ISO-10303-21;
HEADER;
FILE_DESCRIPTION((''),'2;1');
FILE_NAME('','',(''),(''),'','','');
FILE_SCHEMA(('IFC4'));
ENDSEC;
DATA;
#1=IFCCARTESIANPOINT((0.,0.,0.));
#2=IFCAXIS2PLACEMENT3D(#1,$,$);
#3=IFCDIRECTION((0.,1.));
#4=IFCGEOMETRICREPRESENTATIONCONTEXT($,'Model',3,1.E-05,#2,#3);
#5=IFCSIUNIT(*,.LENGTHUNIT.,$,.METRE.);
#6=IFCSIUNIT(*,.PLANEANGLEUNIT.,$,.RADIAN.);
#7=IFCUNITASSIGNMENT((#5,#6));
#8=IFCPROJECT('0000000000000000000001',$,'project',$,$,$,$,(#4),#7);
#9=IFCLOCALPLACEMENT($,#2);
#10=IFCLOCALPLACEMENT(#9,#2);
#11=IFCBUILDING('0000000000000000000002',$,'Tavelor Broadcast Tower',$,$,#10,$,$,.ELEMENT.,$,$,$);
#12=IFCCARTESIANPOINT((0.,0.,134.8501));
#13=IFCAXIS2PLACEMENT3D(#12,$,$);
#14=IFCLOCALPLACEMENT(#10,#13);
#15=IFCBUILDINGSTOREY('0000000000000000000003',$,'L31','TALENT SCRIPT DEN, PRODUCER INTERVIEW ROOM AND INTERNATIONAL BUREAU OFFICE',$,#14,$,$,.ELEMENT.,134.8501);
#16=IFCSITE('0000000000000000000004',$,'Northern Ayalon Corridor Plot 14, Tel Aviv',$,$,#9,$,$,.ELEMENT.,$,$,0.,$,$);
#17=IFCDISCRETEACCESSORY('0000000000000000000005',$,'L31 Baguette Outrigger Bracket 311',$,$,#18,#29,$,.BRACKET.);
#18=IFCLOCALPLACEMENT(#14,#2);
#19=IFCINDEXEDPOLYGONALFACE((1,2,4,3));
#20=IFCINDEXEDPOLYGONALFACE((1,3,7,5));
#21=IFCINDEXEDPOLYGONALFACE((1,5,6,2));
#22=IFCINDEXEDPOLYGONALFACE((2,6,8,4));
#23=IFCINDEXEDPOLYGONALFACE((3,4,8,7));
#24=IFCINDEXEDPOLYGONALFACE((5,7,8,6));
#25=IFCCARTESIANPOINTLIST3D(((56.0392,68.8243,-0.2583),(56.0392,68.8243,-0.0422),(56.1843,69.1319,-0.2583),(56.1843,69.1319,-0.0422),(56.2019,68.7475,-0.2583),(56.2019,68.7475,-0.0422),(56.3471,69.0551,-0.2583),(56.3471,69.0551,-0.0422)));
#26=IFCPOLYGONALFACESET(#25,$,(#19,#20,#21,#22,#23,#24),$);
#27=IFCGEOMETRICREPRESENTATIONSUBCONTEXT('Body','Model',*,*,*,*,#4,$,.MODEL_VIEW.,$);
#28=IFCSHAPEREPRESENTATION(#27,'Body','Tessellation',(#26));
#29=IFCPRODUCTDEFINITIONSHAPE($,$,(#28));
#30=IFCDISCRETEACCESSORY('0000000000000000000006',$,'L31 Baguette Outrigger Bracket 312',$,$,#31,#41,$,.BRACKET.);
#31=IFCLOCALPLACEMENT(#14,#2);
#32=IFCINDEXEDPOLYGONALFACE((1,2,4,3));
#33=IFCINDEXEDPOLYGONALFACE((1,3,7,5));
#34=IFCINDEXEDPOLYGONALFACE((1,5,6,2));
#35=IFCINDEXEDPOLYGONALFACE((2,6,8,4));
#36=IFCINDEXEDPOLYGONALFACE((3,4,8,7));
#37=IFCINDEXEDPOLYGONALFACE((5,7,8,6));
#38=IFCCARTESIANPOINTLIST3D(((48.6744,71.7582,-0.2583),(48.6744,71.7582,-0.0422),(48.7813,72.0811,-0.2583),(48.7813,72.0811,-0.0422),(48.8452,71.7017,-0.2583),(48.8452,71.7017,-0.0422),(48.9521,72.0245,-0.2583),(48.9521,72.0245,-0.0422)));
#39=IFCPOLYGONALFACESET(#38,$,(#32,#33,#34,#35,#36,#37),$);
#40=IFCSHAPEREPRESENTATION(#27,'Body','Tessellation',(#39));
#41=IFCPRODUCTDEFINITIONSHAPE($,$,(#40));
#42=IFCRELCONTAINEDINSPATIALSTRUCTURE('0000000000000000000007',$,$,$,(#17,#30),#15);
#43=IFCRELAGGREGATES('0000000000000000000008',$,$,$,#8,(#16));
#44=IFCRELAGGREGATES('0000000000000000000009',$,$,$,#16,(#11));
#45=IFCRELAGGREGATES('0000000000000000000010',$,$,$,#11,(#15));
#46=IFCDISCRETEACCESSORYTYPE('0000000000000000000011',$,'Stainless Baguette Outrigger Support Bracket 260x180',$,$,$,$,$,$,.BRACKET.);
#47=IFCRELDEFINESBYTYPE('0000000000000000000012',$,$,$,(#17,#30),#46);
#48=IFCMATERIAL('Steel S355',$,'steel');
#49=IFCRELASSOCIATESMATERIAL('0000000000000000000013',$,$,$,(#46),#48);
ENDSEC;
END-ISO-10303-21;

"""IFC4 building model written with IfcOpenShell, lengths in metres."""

from ifc_helpers import new_model, si_unit, direction, frame, origin, origin_2d, place, context, subcontext, project, spatial, rectangle, extrude, source, transform, mapped, material, type_object, type_shapes, element, save


model = new_model("IFC4")

# Units and contexts
model_context = context("Model", 3, precision=1e-05, world=origin(), true_north=direction((0.0, 1.0)))
body_context = subcontext(model_context, "Body", "Model", "MODEL_VIEW")
ifc_project = project(units=[si_unit("LENGTHUNIT", "METRE"), si_unit("PLANEANGLEUNIT", "RADIAN")], contexts=[model_context])

# Site, building, storey
site_placement = place(None, origin())
site = spatial("IfcSite", under=ifc_project, at=site_placement, Name="Northern Ayalon Corridor Plot 14, Tel Aviv", CompositionType="ELEMENT", RefElevation=0.0)
building_placement = place(site_placement, origin())
building = spatial("IfcBuilding", under=site, at=building_placement, Name="Tavelor Broadcast Tower", CompositionType="ELEMENT")
storey_placement = place(building_placement, frame((0.0, 0.0, 134.8501)))
storey = spatial("IfcBuildingStorey", under=building, at=storey_placement, Name="L31", Description="TALENT SCRIPT DEN, PRODUCER INTERVIEW ROOM AND INTERNATIONAL BUREAU OFFICE", CompositionType="ELEMENT", Elevation=134.8501)

# Shared definitions
ifc_material_1 = material(Name="Steel S355", Category="steel")

# Discrete accessories
discrete_accessory_type = type_object("IfcDiscreteAccessoryType", Name="Stainless Baguette Outrigger Support Bracket 260x180", PredefinedType="BRACKET", material=ifc_material_1)
shared_shape_1 = source(origin(), body_context, "Body", "SweptSolid", [
    extrude(rectangle(XDim=0.1799, YDim=0.3401, at=origin_2d()), origin(), (0.0, 0.0, 1.0), 0.2161),
])
type_shapes(discrete_accessory_type, [shared_shape_1])
for number, where, z_axis, x_axis, name in (
    (1, (56.1931, 68.9397, -0.2583), (0.0, 0.0, 1.0), (-0.904306, 0.426884, 0.0), "L31 Baguette Outrigger Bracket 311"),
    (2, (48.8132, 71.8914, -0.2583), (0.0, 0.0, 1.0), (-0.949316, 0.314324, 0.0), "L31 Baguette Outrigger Bracket 312"),
):
    element("IfcDiscreteAccessory", number, at=place(storey_placement, frame(where, z_axis=z_axis, x_axis=x_axis)), inside=storey, type_object=discrete_accessory_type, Name=name, PredefinedType="BRACKET", context=body_context, shape_type="MappedRepresentation", body=[
        mapped(shared_shape_1, transform((0.0, 0.0, 0.0), scale=1.0)),
    ])

save(model, "model.ifc")
